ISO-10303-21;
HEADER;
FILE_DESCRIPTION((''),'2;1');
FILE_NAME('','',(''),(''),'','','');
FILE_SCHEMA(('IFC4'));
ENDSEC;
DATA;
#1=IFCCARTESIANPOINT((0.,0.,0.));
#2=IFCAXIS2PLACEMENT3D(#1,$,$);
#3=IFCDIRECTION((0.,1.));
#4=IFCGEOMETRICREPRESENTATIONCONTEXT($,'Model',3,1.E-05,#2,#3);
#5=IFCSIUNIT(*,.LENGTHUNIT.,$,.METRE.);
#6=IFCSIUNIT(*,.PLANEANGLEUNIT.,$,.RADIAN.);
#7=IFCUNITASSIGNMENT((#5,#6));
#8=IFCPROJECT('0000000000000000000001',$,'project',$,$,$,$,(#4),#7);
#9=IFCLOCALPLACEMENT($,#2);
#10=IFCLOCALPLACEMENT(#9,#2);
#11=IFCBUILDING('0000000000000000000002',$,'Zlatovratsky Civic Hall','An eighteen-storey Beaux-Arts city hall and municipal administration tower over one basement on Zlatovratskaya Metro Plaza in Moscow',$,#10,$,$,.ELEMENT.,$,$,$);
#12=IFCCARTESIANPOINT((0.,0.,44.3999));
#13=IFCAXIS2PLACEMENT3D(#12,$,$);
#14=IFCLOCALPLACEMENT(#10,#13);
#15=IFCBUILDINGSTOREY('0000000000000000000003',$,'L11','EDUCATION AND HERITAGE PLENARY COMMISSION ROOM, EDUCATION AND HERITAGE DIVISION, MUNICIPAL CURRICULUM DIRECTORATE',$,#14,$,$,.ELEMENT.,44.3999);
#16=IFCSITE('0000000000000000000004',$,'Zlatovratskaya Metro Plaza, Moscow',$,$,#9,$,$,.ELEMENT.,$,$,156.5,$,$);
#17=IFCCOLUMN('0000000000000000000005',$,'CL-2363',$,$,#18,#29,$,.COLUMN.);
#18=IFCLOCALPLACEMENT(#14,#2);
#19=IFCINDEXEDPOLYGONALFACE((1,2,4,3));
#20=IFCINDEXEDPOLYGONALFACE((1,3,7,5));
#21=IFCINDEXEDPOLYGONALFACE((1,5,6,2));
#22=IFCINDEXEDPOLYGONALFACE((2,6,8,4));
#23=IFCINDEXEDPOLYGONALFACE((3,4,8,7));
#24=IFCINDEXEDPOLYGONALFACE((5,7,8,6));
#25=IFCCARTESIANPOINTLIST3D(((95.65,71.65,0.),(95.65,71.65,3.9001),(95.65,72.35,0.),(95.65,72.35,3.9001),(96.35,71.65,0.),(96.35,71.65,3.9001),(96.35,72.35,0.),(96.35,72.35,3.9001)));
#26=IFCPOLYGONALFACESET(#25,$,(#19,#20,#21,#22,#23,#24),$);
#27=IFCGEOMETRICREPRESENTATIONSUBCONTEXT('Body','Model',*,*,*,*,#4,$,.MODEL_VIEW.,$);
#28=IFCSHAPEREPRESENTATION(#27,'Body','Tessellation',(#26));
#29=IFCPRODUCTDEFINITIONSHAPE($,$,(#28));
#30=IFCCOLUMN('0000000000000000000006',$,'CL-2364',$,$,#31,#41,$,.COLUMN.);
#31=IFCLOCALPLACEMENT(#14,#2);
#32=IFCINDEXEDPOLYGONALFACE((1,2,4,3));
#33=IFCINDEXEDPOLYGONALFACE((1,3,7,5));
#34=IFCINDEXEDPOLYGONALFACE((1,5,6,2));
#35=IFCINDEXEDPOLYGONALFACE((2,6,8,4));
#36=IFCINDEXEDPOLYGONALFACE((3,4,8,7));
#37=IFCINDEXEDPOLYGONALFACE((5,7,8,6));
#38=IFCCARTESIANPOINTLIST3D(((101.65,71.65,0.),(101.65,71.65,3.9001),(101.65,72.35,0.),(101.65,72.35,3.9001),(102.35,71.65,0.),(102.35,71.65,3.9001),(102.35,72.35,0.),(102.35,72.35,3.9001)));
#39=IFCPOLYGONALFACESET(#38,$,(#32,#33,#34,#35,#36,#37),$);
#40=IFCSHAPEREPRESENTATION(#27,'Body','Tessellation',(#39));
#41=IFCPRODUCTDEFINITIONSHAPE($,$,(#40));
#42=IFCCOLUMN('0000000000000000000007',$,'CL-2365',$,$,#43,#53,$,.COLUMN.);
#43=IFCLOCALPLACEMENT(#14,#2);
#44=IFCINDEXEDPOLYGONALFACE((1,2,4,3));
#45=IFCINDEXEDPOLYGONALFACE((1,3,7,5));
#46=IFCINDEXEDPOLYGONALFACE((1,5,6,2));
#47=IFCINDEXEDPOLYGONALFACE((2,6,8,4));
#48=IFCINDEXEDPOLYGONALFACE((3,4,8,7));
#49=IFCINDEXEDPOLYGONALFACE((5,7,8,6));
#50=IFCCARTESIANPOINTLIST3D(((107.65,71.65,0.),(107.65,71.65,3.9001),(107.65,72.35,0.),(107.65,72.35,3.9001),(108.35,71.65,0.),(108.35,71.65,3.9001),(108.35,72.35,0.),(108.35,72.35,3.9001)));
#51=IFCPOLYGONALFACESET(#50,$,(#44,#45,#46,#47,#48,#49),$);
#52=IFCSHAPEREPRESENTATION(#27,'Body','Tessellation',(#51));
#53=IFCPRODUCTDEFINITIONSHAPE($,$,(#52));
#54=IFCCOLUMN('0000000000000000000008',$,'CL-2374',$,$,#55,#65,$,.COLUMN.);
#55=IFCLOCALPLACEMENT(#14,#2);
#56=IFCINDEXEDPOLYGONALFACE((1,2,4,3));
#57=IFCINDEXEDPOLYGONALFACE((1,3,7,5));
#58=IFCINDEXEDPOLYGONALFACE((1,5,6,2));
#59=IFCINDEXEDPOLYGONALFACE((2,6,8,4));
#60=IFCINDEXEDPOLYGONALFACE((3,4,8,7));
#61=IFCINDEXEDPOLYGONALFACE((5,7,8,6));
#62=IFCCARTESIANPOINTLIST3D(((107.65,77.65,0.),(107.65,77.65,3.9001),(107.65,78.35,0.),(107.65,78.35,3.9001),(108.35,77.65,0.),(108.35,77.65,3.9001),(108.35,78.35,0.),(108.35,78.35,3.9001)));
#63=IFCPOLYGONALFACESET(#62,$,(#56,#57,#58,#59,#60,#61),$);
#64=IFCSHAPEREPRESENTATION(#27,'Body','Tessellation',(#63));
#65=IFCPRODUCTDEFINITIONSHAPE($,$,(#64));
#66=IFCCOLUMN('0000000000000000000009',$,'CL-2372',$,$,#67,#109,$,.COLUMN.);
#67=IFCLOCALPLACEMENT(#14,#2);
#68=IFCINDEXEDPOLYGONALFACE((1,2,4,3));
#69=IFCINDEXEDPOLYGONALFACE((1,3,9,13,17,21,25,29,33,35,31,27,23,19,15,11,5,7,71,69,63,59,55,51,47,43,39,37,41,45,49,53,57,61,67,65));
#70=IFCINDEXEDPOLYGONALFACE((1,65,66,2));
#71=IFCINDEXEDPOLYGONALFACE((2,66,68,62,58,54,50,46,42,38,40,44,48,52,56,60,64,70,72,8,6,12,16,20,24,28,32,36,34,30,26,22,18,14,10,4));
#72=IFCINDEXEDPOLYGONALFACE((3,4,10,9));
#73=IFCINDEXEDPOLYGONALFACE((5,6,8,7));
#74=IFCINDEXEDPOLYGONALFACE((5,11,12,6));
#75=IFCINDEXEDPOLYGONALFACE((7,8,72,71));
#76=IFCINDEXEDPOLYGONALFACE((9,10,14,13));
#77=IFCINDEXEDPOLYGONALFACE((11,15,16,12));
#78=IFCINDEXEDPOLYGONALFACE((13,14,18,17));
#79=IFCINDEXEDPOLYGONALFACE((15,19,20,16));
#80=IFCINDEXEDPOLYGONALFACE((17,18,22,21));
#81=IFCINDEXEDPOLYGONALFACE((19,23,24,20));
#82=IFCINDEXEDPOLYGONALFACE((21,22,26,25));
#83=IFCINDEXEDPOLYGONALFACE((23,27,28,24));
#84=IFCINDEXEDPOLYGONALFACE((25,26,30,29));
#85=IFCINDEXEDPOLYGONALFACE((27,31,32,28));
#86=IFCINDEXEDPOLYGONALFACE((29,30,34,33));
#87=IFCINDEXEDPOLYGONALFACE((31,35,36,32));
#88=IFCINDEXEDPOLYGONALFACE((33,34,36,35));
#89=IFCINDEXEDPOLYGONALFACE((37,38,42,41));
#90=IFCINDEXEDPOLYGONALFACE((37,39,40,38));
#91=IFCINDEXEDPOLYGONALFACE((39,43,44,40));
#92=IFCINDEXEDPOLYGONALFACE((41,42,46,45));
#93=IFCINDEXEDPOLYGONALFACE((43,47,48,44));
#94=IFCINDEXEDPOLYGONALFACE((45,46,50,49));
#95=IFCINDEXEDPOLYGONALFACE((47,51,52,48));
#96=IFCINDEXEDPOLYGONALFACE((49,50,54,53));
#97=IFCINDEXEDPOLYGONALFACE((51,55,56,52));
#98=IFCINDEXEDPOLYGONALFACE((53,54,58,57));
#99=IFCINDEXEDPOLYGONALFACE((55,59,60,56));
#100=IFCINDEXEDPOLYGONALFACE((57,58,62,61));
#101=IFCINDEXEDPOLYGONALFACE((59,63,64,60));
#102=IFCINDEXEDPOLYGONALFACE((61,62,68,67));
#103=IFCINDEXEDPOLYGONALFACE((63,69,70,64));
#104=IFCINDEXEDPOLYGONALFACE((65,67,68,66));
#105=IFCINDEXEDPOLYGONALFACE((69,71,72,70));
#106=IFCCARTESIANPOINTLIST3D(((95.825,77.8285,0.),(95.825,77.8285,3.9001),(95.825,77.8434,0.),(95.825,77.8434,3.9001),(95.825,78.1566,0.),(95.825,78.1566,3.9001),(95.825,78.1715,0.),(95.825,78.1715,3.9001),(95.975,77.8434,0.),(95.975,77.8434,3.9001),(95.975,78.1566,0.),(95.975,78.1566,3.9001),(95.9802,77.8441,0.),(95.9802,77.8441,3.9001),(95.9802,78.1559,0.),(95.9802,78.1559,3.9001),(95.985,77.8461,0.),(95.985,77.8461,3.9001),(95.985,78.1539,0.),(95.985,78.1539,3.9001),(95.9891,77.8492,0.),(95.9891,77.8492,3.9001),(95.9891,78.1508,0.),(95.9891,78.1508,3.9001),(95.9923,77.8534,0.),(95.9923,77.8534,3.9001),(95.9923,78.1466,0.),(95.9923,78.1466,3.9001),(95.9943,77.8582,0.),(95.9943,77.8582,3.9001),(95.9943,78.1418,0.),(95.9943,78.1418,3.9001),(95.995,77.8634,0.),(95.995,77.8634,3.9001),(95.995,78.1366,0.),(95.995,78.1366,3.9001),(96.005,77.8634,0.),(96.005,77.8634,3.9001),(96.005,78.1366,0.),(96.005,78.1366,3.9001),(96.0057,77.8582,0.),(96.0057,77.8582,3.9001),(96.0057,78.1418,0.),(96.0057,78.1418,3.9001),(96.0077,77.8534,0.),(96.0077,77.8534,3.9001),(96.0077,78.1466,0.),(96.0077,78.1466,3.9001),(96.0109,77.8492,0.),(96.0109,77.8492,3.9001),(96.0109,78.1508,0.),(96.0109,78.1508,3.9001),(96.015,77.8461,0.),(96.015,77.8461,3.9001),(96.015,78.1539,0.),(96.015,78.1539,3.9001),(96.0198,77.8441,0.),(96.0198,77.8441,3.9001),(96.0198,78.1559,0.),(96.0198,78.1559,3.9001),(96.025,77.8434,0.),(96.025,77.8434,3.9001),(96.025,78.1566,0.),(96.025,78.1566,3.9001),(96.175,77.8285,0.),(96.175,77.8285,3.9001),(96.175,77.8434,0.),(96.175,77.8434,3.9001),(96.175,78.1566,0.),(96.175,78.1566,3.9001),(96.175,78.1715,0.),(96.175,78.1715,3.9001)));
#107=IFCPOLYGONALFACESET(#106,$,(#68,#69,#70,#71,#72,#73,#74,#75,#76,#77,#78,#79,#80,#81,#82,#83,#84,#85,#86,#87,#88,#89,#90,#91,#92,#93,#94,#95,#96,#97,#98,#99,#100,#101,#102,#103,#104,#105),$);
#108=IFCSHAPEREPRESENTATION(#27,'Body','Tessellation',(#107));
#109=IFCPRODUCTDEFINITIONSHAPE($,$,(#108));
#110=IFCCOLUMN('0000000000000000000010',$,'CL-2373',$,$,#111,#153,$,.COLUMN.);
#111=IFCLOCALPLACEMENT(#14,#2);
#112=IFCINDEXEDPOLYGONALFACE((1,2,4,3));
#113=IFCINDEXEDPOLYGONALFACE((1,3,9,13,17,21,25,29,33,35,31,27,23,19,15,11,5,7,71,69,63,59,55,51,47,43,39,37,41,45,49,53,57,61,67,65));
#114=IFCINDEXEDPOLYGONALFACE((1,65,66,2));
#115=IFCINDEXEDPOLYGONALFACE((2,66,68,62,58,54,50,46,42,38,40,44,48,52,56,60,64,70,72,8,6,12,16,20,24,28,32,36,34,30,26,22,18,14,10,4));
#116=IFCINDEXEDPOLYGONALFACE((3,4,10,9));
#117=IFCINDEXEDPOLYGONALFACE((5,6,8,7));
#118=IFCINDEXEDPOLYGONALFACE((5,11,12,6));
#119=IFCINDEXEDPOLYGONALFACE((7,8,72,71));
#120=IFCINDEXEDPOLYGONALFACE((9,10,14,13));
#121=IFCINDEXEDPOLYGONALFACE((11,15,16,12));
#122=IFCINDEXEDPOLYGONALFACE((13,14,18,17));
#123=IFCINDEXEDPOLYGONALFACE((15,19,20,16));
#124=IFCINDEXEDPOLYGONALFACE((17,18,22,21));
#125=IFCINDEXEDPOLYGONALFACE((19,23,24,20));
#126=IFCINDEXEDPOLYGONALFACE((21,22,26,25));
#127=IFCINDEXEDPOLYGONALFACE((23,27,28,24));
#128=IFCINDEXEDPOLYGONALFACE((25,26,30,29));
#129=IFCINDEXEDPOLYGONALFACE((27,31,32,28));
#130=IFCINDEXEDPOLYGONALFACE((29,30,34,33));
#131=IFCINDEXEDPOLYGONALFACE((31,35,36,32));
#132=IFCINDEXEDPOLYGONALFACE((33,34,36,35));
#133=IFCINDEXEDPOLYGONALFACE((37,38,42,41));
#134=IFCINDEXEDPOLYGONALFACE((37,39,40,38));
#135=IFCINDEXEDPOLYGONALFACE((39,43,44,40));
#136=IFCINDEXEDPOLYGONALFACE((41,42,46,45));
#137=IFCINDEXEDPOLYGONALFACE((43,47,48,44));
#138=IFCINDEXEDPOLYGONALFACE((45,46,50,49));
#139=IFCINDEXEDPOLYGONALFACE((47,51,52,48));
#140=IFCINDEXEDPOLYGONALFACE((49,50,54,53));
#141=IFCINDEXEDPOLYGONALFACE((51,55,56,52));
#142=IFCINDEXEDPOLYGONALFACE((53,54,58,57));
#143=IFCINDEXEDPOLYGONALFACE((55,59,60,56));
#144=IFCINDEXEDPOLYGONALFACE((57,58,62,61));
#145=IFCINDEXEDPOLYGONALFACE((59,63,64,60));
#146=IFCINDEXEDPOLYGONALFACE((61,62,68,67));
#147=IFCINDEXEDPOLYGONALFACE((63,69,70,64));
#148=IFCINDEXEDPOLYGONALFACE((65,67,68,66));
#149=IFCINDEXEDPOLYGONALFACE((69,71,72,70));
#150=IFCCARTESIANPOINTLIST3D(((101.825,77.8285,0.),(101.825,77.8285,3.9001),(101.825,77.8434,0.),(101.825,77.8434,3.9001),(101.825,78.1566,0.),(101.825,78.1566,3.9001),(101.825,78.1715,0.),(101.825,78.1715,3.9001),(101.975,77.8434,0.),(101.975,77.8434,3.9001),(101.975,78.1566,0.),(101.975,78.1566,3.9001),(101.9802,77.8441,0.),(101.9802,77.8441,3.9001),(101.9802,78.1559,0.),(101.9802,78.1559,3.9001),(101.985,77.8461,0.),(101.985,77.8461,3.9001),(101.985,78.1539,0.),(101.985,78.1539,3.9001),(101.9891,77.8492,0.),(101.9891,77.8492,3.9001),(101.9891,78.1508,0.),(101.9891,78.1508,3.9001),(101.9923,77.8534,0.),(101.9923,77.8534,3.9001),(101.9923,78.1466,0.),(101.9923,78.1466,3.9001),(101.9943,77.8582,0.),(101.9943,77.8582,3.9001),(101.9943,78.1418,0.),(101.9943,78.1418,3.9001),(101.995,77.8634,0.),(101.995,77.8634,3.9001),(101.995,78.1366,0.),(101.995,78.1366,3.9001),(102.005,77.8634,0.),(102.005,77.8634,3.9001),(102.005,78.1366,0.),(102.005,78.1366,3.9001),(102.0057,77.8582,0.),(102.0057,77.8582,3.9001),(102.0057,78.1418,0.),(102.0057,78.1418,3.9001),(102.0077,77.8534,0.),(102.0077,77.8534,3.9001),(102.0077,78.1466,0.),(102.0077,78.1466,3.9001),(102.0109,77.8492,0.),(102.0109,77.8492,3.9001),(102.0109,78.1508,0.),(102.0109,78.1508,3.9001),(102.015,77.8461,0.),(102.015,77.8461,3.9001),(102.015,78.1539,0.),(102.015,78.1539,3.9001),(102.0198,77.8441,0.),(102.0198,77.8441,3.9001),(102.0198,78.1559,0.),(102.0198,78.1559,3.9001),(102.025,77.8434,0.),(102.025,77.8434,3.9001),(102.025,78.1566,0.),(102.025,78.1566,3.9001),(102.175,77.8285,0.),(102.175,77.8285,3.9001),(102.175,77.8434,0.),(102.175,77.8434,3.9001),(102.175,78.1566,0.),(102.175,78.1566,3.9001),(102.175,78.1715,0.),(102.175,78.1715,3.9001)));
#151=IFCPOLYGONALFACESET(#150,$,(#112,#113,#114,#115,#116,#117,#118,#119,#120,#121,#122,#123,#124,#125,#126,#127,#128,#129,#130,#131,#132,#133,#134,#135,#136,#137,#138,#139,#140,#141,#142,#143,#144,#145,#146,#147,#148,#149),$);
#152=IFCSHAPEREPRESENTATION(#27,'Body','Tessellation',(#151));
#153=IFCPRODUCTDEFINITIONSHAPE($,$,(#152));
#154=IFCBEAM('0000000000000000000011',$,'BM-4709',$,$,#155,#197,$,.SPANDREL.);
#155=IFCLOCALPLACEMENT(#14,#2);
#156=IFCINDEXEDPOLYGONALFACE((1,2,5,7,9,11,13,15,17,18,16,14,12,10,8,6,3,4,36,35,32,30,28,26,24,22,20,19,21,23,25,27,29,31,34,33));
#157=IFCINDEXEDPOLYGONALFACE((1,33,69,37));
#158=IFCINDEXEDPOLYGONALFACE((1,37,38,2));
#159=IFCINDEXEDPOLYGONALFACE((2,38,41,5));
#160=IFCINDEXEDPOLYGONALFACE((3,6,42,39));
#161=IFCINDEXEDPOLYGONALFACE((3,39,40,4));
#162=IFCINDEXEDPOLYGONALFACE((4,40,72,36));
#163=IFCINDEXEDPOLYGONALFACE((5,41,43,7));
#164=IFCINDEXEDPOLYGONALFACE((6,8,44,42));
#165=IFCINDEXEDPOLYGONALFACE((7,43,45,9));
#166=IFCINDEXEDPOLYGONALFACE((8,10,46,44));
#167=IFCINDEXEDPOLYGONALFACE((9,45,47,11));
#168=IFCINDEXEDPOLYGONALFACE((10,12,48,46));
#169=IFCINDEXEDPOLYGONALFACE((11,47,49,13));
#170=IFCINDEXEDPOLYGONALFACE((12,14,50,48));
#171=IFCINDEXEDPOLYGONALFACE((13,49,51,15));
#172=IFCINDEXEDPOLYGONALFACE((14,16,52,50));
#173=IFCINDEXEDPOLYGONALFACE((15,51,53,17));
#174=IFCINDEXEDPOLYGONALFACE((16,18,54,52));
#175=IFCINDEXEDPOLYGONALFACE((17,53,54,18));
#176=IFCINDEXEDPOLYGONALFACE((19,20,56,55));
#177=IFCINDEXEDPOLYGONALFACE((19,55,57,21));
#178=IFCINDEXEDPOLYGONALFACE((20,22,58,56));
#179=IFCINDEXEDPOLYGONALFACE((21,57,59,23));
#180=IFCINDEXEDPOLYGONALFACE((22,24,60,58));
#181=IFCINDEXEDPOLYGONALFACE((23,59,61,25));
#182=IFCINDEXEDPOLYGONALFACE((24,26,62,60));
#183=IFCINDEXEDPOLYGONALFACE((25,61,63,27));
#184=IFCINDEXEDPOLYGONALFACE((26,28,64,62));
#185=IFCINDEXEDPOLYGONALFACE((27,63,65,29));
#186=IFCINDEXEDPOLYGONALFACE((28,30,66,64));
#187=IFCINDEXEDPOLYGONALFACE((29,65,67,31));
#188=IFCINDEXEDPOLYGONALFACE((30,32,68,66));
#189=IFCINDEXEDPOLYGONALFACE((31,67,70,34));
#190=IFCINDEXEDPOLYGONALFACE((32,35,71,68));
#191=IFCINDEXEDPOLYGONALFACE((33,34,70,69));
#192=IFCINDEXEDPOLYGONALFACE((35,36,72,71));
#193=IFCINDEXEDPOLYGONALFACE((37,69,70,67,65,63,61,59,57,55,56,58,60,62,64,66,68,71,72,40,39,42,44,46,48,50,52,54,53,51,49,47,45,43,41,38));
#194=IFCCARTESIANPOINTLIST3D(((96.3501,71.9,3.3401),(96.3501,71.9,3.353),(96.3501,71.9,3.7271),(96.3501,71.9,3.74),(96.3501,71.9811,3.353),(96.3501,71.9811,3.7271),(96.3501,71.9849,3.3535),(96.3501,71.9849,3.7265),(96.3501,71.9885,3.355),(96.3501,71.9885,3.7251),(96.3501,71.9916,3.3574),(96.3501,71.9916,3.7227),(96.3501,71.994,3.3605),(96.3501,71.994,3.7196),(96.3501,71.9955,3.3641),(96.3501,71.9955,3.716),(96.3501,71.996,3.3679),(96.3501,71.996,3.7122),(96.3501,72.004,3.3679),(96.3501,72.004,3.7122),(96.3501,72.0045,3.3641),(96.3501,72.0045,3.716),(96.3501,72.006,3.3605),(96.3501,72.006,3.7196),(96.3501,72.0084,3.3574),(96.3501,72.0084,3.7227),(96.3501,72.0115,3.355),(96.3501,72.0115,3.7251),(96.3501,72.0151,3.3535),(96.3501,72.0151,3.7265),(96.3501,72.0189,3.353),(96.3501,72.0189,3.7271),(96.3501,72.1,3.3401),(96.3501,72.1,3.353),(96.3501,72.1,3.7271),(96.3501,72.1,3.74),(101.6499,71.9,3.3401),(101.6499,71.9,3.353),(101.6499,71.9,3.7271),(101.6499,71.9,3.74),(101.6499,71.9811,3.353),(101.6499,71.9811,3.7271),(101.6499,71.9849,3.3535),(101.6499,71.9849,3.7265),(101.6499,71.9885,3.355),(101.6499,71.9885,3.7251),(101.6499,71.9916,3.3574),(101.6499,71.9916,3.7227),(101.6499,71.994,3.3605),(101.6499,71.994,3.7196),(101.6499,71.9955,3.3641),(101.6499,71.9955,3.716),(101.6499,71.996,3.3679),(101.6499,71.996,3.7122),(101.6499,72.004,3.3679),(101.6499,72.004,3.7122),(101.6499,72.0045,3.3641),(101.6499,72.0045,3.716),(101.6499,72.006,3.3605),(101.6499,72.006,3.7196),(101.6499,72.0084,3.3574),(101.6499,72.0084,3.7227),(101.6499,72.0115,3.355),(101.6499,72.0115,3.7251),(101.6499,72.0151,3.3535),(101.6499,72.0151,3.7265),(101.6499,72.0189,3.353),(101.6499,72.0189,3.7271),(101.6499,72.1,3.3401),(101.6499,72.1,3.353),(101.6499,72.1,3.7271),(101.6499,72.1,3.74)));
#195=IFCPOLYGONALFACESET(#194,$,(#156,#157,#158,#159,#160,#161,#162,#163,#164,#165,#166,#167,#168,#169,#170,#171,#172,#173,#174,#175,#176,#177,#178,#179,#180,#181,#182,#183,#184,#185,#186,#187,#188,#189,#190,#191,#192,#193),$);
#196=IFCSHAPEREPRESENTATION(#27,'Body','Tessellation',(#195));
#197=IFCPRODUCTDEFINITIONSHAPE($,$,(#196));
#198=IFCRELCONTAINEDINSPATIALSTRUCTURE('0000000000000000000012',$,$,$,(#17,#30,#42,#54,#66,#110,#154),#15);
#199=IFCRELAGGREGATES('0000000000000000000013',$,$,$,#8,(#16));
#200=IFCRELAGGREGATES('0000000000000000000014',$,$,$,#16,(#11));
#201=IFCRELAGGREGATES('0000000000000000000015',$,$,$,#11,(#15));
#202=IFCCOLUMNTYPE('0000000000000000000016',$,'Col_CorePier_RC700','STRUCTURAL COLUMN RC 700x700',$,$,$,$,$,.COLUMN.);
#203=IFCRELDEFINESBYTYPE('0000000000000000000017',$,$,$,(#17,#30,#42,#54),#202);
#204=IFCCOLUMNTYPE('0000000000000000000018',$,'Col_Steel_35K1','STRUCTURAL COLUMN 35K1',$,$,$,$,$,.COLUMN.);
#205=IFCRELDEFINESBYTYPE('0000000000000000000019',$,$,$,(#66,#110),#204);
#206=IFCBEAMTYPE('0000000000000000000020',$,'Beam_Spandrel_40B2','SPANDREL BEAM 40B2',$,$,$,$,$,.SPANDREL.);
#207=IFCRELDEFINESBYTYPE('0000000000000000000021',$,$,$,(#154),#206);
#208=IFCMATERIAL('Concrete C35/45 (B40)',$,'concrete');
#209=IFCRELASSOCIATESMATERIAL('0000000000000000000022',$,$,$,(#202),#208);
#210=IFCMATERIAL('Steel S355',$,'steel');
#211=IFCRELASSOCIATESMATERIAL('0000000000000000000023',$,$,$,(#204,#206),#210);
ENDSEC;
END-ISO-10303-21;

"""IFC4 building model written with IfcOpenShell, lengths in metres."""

from ifc_helpers import new_model, si_unit, direction, frame, origin, origin_2d, place, context, subcontext, project, spatial, rectangle, i_section, extrude, material, material_profile, profile_set, type_object, element, save


model = new_model("IFC4")

# Units and contexts
model_context = context("Model", 3, precision=1e-05, world=origin(), true_north=direction((0.0, 1.0)))
body_context = subcontext(model_context, "Body", "Model", "MODEL_VIEW")
ifc_project = project(units=[si_unit("LENGTHUNIT", "METRE"), si_unit("PLANEANGLEUNIT", "RADIAN")], contexts=[model_context])

# Site, building, storey
site_placement = place(None, origin())
site = spatial("IfcSite", under=ifc_project, at=site_placement, Name="Zlatovratskaya Metro Plaza, Moscow", CompositionType="ELEMENT", RefElevation=156.5)
building_placement = place(site_placement, origin())
building = spatial("IfcBuilding", under=site, at=building_placement, Name="Zlatovratsky Civic Hall", Description="An eighteen-storey Beaux-Arts city hall and municipal administration tower over one basement on Zlatovratskaya Metro Plaza in Moscow", CompositionType="ELEMENT")
storey_placement = place(building_placement, frame((0.0, 0.0, 44.3999)))
storey = spatial("IfcBuildingStorey", under=building, at=storey_placement, Name="L11", Description="EDUCATION AND HERITAGE PLENARY COMMISSION ROOM, EDUCATION AND HERITAGE DIVISION, MUNICIPAL CURRICULUM DIRECTORATE", CompositionType="ELEMENT", Elevation=44.3999)

# Columns
ifc_material_1 = material(Name="Concrete C35/45 (B40)", Category="concrete")
ifc_material_profile_1 = material_profile(ifc_material_1, rectangle(XDim=0.7, YDim=0.7, at=origin_2d()), Name="RC 700x700")
ifc_profile_set_1 = profile_set([ifc_material_profile_1], Name="Concrete C35/45 (B40)")
column_type_1 = type_object("IfcColumnType", Name="Col_CorePier_RC700", Description="STRUCTURAL COLUMN RC 700x700", PredefinedType="COLUMN", material=ifc_profile_set_1)
for number, where, z_axis, x_axis, name in (
    (1, (96.0, 72.0, 0.0), (0.0, 0.0, 1.0), (1.0, 0.0, 0.0), "CL-2363"),
    (2, (102.0, 72.0, 0.0), (0.0, 0.0, 1.0), (1.0, 0.0, 0.0), "CL-2364"),
    (3, (108.0, 72.0, 0.0), (0.0, 0.0, 1.0), (1.0, 0.0, 0.0), "CL-2365"),
    (4, (108.0, 78.0, 0.0), (0.0, 0.0, 1.0), (1.0, 0.0, 0.0), "CL-2374"),
):
    element("IfcColumn", number, at=place(storey_placement, frame(where, z_axis=z_axis, x_axis=x_axis)), inside=storey, type_object=column_type_1, Name=name, PredefinedType="COLUMN", context=body_context, shape_type="SweptSolid", body=[
        extrude(rectangle(XDim=0.7, YDim=0.7, at=origin_2d()), origin(), (0.0, 0.0, 1.0), 3.9001),
    ])
ifc_material_2 = material(Name="Steel S355", Category="steel")
ifc_material_profile_2 = material_profile(ifc_material_2, i_section(OverallWidth=0.3501, OverallDepth=0.343, WebThickness=0.01, FlangeThickness=0.0149, FilletRadius=0.02, at=origin_2d()), Name="35K1")
ifc_profile_set_2 = profile_set([ifc_material_profile_2], Name="Steel S355")
column_type_2 = type_object("IfcColumnType", Name="Col_Steel_35K1", Description="STRUCTURAL COLUMN 35K1", PredefinedType="COLUMN", material=ifc_profile_set_2)
for number, where, z_axis, x_axis, name in (
    (5, (96.0, 78.0, 0.0), (0.0, 0.0, 1.0), (1.0, 0.0, 0.0), "CL-2372"),
    (6, (102.0, 78.0, 0.0), (0.0, 0.0, 1.0), (1.0, 0.0, 0.0), "CL-2373"),
):
    element("IfcColumn", number, at=place(storey_placement, frame(where, z_axis=z_axis, x_axis=x_axis)), inside=storey, type_object=column_type_2, Name=name, PredefinedType="COLUMN", context=body_context, shape_type="SweptSolid", body=[
        extrude(i_section(OverallWidth=0.3501, OverallDepth=0.343, WebThickness=0.01, FlangeThickness=0.0149, FilletRadius=0.02, at=origin_2d()), origin(), (0.0, 0.0, 1.0), 3.9001),
    ])

# Beam
ifc_material_profile_3 = material_profile(ifc_material_2, i_section(OverallWidth=0.2, OverallDepth=0.3999, WebThickness=0.0081, FlangeThickness=0.0129, FilletRadius=0.0149, at=origin_2d()), Name="40B2")
ifc_profile_set_3 = profile_set([ifc_material_profile_3], Name="Steel S355")
beam_type_1 = type_object("IfcBeamType", Name="Beam_Spandrel_40B2", Description="SPANDREL BEAM 40B2", PredefinedType="SPANDREL", material=ifc_profile_set_3)
for number, where, z_axis, x_axis, name in (
    (7, (96.3501, 72.0, 3.54), (1.0, 0.0, 0.0), (0.0, 1.0, 0.0), "BM-4709"),
):
    element("IfcBeam", number, at=place(storey_placement, frame(where, z_axis=z_axis, x_axis=x_axis)), inside=storey, type_object=beam_type_1, Name=name, PredefinedType="SPANDREL", context=body_context, shape_type="SweptSolid", body=[
        extrude(i_section(OverallWidth=0.2, OverallDepth=0.3999, WebThickness=0.0081, FlangeThickness=0.0129, FilletRadius=0.0149, at=origin_2d()), origin(), (0.0, 0.0, 1.0), 5.2998),
    ])

save(model, "model.ifc")
